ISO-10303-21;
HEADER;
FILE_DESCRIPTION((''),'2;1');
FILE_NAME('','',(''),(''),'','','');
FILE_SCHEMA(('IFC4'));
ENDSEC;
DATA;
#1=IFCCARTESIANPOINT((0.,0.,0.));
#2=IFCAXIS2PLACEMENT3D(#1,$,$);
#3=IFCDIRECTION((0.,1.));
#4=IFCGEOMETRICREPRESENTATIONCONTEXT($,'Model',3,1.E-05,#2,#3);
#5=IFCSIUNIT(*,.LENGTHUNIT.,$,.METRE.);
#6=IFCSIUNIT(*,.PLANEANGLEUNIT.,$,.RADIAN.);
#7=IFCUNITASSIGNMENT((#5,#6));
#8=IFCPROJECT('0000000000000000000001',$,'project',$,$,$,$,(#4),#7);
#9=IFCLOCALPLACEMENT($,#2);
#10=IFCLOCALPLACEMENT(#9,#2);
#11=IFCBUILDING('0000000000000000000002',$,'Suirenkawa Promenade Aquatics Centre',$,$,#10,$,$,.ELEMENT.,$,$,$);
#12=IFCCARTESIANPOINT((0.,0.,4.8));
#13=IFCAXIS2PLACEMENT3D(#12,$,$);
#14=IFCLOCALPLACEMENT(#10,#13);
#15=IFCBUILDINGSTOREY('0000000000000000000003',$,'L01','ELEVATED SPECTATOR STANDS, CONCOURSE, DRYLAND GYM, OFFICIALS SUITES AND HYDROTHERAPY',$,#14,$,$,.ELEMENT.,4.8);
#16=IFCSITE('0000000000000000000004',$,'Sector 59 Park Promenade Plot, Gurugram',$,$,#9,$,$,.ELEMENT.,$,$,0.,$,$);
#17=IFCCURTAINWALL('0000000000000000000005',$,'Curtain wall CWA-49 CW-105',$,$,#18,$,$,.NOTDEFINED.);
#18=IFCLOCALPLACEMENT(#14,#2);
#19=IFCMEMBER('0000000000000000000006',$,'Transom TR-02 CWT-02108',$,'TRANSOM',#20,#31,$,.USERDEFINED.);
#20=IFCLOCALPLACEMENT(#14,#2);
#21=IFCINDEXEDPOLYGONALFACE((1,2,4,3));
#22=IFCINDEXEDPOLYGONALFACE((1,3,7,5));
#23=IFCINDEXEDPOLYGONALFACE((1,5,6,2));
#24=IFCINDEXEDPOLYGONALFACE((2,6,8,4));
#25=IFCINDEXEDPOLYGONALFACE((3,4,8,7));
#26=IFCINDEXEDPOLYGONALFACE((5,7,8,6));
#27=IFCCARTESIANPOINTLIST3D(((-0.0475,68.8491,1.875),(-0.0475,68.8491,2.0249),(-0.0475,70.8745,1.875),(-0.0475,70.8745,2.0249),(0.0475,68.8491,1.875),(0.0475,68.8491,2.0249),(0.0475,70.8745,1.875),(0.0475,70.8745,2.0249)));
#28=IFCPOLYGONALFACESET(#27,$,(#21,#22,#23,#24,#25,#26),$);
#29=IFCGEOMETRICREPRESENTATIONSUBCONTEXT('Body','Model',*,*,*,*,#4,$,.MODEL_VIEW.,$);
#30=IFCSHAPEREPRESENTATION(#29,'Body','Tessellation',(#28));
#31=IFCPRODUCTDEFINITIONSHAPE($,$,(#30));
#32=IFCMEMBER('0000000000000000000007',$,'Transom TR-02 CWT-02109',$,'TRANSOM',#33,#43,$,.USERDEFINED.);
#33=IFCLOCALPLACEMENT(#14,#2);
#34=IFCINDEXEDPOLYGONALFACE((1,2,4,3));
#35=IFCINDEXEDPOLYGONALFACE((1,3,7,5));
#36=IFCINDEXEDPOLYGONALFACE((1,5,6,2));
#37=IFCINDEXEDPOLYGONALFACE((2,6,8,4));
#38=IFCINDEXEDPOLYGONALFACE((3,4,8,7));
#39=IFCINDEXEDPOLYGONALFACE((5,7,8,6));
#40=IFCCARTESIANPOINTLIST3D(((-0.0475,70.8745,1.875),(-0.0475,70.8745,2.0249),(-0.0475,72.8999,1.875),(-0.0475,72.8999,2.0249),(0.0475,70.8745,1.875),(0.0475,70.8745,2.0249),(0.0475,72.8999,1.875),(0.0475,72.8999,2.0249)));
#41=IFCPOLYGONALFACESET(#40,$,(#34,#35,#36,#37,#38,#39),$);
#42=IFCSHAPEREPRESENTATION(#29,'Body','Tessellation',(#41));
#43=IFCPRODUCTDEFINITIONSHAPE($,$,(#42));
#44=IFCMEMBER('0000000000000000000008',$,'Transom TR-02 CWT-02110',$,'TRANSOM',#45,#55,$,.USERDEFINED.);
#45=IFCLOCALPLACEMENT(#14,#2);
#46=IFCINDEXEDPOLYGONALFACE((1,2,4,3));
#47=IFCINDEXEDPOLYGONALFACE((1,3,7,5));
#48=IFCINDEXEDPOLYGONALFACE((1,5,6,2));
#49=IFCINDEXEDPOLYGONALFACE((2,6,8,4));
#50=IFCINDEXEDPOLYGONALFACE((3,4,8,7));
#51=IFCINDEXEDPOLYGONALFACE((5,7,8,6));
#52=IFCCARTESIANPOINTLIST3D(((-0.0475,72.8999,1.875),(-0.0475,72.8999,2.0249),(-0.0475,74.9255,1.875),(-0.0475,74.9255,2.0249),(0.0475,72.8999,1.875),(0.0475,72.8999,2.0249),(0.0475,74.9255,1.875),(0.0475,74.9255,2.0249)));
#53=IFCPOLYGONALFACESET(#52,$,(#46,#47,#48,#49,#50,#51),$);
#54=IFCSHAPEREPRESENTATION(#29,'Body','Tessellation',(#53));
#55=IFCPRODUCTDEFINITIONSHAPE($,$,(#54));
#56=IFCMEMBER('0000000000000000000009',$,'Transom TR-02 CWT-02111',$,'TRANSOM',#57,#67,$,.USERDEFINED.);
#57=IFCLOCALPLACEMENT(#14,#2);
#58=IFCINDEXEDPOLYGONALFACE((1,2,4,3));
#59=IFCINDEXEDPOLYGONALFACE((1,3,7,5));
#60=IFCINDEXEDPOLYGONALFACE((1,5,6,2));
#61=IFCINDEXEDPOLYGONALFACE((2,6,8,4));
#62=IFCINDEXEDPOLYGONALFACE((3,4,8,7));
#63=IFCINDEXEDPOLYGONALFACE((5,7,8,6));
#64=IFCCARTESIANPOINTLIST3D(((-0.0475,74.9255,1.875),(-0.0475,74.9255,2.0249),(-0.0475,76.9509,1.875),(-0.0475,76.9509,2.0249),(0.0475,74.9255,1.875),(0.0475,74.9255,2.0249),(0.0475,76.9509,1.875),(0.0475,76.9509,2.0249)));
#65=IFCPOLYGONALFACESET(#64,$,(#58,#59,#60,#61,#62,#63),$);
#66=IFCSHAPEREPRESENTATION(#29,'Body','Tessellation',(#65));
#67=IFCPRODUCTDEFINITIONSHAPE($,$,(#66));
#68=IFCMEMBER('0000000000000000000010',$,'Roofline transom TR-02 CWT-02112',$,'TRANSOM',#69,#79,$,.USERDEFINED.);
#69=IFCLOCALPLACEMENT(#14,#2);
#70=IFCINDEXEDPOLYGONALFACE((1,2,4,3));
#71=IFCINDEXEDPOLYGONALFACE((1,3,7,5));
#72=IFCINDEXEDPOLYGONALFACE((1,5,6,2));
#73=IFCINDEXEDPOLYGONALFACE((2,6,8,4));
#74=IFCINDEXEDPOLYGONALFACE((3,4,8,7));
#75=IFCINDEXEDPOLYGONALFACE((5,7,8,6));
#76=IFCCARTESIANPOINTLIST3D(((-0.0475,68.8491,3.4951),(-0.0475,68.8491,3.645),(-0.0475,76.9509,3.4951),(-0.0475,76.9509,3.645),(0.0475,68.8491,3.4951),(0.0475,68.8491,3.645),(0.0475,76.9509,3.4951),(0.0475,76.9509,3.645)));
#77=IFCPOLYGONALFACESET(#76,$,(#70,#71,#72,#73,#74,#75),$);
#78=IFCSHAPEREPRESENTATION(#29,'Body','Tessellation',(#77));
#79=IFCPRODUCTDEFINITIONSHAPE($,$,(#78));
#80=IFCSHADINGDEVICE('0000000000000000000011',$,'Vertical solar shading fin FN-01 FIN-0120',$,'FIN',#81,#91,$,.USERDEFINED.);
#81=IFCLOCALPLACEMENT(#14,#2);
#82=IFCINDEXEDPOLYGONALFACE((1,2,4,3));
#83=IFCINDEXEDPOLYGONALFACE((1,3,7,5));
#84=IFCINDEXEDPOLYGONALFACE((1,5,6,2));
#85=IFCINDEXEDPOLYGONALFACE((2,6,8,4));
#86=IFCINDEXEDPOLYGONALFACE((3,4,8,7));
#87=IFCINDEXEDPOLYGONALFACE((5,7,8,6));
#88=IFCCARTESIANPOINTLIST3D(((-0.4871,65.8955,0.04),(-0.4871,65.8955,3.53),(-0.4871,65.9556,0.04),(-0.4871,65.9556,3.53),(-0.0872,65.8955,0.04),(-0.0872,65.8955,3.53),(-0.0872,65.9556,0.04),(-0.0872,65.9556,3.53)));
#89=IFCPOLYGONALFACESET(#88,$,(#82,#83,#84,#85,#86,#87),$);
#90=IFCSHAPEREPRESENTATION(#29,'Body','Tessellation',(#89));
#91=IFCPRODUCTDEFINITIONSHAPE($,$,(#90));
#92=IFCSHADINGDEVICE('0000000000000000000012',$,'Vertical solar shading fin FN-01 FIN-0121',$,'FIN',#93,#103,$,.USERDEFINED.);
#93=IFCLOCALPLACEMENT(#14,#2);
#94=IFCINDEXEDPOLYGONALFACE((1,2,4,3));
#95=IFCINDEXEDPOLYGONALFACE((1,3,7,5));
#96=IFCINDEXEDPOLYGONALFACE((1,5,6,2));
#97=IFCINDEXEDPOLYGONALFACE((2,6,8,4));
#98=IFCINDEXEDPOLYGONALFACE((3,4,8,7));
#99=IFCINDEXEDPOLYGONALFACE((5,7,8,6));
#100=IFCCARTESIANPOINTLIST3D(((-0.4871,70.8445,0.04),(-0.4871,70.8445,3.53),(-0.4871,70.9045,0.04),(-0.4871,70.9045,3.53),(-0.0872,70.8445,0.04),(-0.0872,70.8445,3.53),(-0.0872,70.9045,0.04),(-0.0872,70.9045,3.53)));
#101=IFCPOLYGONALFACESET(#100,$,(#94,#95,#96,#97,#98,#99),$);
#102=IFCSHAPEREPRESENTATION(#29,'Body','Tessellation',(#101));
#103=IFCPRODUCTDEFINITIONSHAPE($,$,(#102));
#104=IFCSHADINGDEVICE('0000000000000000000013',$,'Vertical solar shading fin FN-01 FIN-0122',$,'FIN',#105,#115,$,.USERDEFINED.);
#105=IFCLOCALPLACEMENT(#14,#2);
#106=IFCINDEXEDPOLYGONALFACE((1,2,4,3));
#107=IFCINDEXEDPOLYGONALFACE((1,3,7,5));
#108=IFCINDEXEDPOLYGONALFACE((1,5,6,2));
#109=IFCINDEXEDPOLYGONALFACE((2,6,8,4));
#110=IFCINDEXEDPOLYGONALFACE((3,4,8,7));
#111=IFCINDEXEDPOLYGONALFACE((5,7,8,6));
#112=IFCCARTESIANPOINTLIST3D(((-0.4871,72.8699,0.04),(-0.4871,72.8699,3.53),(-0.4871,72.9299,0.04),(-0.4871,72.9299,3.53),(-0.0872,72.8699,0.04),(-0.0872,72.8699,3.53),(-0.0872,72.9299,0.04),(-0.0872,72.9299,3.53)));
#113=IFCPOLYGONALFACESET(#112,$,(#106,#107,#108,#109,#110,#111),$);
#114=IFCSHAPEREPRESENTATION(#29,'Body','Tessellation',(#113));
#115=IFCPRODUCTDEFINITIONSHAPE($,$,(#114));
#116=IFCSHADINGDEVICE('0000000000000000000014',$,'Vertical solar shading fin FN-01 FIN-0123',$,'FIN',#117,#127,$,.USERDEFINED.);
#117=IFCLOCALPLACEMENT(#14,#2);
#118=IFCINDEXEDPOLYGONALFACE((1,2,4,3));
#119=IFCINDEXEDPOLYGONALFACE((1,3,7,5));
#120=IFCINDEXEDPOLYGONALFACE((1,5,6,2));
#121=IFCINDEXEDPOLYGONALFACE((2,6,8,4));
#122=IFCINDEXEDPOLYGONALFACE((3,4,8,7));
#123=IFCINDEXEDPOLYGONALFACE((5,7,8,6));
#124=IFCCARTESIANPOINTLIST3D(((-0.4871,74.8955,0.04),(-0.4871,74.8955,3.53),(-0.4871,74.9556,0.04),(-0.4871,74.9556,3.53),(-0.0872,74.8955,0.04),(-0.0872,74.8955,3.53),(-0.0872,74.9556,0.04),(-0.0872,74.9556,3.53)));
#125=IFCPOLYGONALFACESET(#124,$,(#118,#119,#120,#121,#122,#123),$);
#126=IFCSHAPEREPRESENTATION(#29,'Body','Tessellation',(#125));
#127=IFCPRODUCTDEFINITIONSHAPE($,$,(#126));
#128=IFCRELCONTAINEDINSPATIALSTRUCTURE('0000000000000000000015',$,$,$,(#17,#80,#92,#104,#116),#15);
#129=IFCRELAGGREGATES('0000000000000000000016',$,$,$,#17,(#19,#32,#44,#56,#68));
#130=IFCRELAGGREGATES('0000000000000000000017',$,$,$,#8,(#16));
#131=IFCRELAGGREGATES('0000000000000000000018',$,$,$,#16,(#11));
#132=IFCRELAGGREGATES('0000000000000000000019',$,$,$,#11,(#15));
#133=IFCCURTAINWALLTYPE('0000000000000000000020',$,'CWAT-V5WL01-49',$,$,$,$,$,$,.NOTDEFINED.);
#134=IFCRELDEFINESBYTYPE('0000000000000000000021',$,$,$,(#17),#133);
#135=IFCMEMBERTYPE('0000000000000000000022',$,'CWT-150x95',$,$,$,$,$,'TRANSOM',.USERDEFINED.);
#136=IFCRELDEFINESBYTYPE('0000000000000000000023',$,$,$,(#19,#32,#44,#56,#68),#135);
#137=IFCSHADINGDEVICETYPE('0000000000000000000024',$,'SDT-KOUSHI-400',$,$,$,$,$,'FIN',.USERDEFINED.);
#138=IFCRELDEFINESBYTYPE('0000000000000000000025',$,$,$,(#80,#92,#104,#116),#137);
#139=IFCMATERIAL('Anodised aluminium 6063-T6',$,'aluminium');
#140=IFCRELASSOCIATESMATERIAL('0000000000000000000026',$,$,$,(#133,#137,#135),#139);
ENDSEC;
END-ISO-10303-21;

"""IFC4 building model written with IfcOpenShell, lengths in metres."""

from ifc_helpers import new_model, si_unit, direction, frame, origin, origin_2d, place, context, subcontext, project, spatial, rectangle, extrude, material, material_profile, profile_set, type_object, element, aggregate, save


model = new_model("IFC4")

# Units and contexts
model_context = context("Model", 3, precision=1e-05, world=origin(), true_north=direction((0.0, 1.0)))
body_context = subcontext(model_context, "Body", "Model", "MODEL_VIEW")
ifc_project = project(units=[si_unit("LENGTHUNIT", "METRE"), si_unit("PLANEANGLEUNIT", "RADIAN")], contexts=[model_context])

# Site, building, storey
site_placement = place(None, origin())
site = spatial("IfcSite", under=ifc_project, at=site_placement, Name="Sector 59 Park Promenade Plot, Gurugram", CompositionType="ELEMENT", RefElevation=0.0)
building_placement = place(site_placement, origin())
building = spatial("IfcBuilding", under=site, at=building_placement, Name="Suirenkawa Promenade Aquatics Centre", CompositionType="ELEMENT")
storey_placement = place(building_placement, frame((0.0, 0.0, 4.8)))
storey = spatial("IfcBuildingStorey", under=building, at=storey_placement, Name="L01", Description="ELEVATED SPECTATOR STANDS, CONCOURSE, DRYLAND GYM, OFFICIALS SUITES AND HYDROTHERAPY", CompositionType="ELEMENT", Elevation=4.8)

# Curtain wall
ifc_material_1 = material(Name="Anodised aluminium 6063-T6", Category="aluminium")
curtain_wall_type = type_object("IfcCurtainWallType", Name="CWAT-V5WL01-49", PredefinedType="NOTDEFINED", material=ifc_material_1)
curtain_wall_1_placement = place(storey_placement, origin())
curtain_wall_1 = element("IfcCurtainWall", 1, at=curtain_wall_1_placement, inside=storey, type_object=curtain_wall_type, Name="Curtain wall CWA-49 CW-105", PredefinedType="NOTDEFINED")

# Members
ifc_material_profile_1 = material_profile(ifc_material_1, rectangle(XDim=0.095, YDim=0.1499, at=origin_2d()), Name="ALU TRAN 95x150", Category="aluminium")
ifc_profile_set_1 = profile_set([ifc_material_profile_1], Name="Anodised aluminium 6063-T6")
member_type_1 = type_object("IfcMemberType", Name="CWT-150x95", ElementType="TRANSOM", PredefinedType="USERDEFINED", material=ifc_profile_set_1)
member_1_placement = place(storey_placement, frame((0.0, 68.8491, 1.95), z_axis=(0.0, 1.0, 0.0), x_axis=(-1.0, 0.0, 0.0)))
member_1 = element("IfcMember", 2, at=member_1_placement, type_object=member_type_1, Name="Transom TR-02 CWT-02108", ObjectType="TRANSOM", PredefinedType="USERDEFINED", context=body_context, shape_type="SweptSolid", body=[
    extrude(rectangle(XDim=0.095, YDim=0.1499, at=origin_2d()), origin(), (0.0, 0.0, 1.0), 2.0254),
])
member_2_placement = place(storey_placement, frame((0.0, 70.8745, 1.95), z_axis=(0.0, 1.0, 0.0), x_axis=(-1.0, 0.0, 0.0)))
member_2 = element("IfcMember", 3, at=member_2_placement, type_object=member_type_1, Name="Transom TR-02 CWT-02109", ObjectType="TRANSOM", PredefinedType="USERDEFINED", context=body_context, shape_type="SweptSolid", body=[
    extrude(rectangle(XDim=0.095, YDim=0.1499, at=origin_2d()), origin(), (0.0, 0.0, 1.0), 2.0254),
])
member_3_placement = place(storey_placement, frame((0.0, 72.8999, 1.95), z_axis=(0.0, 1.0, 0.0), x_axis=(-1.0, 0.0, 0.0)))
member_3 = element("IfcMember", 4, at=member_3_placement, type_object=member_type_1, Name="Transom TR-02 CWT-02110", ObjectType="TRANSOM", PredefinedType="USERDEFINED", context=body_context, shape_type="SweptSolid", body=[
    extrude(rectangle(XDim=0.095, YDim=0.1499, at=origin_2d()), origin(), (0.0, 0.0, 1.0), 2.0256),
])
member_4_placement = place(storey_placement, frame((0.0, 74.9255, 1.95), z_axis=(0.0, 1.0, 0.0), x_axis=(-1.0, 0.0, 0.0)))
member_4 = element("IfcMember", 5, at=member_4_placement, type_object=member_type_1, Name="Transom TR-02 CWT-02111", ObjectType="TRANSOM", PredefinedType="USERDEFINED", context=body_context, shape_type="SweptSolid", body=[
    extrude(rectangle(XDim=0.095, YDim=0.1499, at=origin_2d()), origin(), (0.0, 0.0, 1.0), 2.0254),
])
member_5_placement = place(storey_placement, frame((0.0, 68.8491, 3.5701), z_axis=(0.0, 1.0, 0.0), x_axis=(-1.0, 0.0, 0.0)))
member_5 = element("IfcMember", 6, at=member_5_placement, type_object=member_type_1, Name="Roofline transom TR-02 CWT-02112", ObjectType="TRANSOM", PredefinedType="USERDEFINED", context=body_context, shape_type="SweptSolid", body=[
    extrude(rectangle(XDim=0.095, YDim=0.1499, at=origin_2d()), origin(), (0.0, 0.0, 1.0), 8.1018),
])

aggregate(curtain_wall_1, [member_1, member_2, member_3, member_4, member_5])

# Shading devices
shading_device_type = type_object("IfcShadingDeviceType", Name="SDT-KOUSHI-400", ElementType="FIN", PredefinedType="USERDEFINED", material=ifc_material_1)
for number, where, z_axis, x_axis, name in (
    (7, (-0.2871, 65.9255, 0.04), (0.0, 0.0, 1.0), (-1.0, 0.0, 0.0), "Vertical solar shading fin FN-01 FIN-0120"),
    (8, (-0.2871, 70.8745, 0.04), (0.0, 0.0, 1.0), (-1.0, 0.0, 0.0), "Vertical solar shading fin FN-01 FIN-0121"),
    (9, (-0.2871, 72.8999, 0.04), (0.0, 0.0, 1.0), (-1.0, 0.0, 0.0), "Vertical solar shading fin FN-01 FIN-0122"),
    (10, (-0.2871, 74.9255, 0.04), (0.0, 0.0, 1.0), (-1.0, 0.0, 0.0), "Vertical solar shading fin FN-01 FIN-0123"),
):
    element("IfcShadingDevice", number, at=place(storey_placement, frame(where, z_axis=z_axis, x_axis=x_axis)), inside=storey, type_object=shading_device_type, Name=name, ObjectType="FIN", PredefinedType="USERDEFINED", context=body_context, shape_type="SweptSolid", body=[
        extrude(rectangle(XDim=0.3999, YDim=0.0601, at=origin_2d()), origin(), (0.0, 0.0, 1.0), 3.49),
    ])

save(model, "model.ifc")
